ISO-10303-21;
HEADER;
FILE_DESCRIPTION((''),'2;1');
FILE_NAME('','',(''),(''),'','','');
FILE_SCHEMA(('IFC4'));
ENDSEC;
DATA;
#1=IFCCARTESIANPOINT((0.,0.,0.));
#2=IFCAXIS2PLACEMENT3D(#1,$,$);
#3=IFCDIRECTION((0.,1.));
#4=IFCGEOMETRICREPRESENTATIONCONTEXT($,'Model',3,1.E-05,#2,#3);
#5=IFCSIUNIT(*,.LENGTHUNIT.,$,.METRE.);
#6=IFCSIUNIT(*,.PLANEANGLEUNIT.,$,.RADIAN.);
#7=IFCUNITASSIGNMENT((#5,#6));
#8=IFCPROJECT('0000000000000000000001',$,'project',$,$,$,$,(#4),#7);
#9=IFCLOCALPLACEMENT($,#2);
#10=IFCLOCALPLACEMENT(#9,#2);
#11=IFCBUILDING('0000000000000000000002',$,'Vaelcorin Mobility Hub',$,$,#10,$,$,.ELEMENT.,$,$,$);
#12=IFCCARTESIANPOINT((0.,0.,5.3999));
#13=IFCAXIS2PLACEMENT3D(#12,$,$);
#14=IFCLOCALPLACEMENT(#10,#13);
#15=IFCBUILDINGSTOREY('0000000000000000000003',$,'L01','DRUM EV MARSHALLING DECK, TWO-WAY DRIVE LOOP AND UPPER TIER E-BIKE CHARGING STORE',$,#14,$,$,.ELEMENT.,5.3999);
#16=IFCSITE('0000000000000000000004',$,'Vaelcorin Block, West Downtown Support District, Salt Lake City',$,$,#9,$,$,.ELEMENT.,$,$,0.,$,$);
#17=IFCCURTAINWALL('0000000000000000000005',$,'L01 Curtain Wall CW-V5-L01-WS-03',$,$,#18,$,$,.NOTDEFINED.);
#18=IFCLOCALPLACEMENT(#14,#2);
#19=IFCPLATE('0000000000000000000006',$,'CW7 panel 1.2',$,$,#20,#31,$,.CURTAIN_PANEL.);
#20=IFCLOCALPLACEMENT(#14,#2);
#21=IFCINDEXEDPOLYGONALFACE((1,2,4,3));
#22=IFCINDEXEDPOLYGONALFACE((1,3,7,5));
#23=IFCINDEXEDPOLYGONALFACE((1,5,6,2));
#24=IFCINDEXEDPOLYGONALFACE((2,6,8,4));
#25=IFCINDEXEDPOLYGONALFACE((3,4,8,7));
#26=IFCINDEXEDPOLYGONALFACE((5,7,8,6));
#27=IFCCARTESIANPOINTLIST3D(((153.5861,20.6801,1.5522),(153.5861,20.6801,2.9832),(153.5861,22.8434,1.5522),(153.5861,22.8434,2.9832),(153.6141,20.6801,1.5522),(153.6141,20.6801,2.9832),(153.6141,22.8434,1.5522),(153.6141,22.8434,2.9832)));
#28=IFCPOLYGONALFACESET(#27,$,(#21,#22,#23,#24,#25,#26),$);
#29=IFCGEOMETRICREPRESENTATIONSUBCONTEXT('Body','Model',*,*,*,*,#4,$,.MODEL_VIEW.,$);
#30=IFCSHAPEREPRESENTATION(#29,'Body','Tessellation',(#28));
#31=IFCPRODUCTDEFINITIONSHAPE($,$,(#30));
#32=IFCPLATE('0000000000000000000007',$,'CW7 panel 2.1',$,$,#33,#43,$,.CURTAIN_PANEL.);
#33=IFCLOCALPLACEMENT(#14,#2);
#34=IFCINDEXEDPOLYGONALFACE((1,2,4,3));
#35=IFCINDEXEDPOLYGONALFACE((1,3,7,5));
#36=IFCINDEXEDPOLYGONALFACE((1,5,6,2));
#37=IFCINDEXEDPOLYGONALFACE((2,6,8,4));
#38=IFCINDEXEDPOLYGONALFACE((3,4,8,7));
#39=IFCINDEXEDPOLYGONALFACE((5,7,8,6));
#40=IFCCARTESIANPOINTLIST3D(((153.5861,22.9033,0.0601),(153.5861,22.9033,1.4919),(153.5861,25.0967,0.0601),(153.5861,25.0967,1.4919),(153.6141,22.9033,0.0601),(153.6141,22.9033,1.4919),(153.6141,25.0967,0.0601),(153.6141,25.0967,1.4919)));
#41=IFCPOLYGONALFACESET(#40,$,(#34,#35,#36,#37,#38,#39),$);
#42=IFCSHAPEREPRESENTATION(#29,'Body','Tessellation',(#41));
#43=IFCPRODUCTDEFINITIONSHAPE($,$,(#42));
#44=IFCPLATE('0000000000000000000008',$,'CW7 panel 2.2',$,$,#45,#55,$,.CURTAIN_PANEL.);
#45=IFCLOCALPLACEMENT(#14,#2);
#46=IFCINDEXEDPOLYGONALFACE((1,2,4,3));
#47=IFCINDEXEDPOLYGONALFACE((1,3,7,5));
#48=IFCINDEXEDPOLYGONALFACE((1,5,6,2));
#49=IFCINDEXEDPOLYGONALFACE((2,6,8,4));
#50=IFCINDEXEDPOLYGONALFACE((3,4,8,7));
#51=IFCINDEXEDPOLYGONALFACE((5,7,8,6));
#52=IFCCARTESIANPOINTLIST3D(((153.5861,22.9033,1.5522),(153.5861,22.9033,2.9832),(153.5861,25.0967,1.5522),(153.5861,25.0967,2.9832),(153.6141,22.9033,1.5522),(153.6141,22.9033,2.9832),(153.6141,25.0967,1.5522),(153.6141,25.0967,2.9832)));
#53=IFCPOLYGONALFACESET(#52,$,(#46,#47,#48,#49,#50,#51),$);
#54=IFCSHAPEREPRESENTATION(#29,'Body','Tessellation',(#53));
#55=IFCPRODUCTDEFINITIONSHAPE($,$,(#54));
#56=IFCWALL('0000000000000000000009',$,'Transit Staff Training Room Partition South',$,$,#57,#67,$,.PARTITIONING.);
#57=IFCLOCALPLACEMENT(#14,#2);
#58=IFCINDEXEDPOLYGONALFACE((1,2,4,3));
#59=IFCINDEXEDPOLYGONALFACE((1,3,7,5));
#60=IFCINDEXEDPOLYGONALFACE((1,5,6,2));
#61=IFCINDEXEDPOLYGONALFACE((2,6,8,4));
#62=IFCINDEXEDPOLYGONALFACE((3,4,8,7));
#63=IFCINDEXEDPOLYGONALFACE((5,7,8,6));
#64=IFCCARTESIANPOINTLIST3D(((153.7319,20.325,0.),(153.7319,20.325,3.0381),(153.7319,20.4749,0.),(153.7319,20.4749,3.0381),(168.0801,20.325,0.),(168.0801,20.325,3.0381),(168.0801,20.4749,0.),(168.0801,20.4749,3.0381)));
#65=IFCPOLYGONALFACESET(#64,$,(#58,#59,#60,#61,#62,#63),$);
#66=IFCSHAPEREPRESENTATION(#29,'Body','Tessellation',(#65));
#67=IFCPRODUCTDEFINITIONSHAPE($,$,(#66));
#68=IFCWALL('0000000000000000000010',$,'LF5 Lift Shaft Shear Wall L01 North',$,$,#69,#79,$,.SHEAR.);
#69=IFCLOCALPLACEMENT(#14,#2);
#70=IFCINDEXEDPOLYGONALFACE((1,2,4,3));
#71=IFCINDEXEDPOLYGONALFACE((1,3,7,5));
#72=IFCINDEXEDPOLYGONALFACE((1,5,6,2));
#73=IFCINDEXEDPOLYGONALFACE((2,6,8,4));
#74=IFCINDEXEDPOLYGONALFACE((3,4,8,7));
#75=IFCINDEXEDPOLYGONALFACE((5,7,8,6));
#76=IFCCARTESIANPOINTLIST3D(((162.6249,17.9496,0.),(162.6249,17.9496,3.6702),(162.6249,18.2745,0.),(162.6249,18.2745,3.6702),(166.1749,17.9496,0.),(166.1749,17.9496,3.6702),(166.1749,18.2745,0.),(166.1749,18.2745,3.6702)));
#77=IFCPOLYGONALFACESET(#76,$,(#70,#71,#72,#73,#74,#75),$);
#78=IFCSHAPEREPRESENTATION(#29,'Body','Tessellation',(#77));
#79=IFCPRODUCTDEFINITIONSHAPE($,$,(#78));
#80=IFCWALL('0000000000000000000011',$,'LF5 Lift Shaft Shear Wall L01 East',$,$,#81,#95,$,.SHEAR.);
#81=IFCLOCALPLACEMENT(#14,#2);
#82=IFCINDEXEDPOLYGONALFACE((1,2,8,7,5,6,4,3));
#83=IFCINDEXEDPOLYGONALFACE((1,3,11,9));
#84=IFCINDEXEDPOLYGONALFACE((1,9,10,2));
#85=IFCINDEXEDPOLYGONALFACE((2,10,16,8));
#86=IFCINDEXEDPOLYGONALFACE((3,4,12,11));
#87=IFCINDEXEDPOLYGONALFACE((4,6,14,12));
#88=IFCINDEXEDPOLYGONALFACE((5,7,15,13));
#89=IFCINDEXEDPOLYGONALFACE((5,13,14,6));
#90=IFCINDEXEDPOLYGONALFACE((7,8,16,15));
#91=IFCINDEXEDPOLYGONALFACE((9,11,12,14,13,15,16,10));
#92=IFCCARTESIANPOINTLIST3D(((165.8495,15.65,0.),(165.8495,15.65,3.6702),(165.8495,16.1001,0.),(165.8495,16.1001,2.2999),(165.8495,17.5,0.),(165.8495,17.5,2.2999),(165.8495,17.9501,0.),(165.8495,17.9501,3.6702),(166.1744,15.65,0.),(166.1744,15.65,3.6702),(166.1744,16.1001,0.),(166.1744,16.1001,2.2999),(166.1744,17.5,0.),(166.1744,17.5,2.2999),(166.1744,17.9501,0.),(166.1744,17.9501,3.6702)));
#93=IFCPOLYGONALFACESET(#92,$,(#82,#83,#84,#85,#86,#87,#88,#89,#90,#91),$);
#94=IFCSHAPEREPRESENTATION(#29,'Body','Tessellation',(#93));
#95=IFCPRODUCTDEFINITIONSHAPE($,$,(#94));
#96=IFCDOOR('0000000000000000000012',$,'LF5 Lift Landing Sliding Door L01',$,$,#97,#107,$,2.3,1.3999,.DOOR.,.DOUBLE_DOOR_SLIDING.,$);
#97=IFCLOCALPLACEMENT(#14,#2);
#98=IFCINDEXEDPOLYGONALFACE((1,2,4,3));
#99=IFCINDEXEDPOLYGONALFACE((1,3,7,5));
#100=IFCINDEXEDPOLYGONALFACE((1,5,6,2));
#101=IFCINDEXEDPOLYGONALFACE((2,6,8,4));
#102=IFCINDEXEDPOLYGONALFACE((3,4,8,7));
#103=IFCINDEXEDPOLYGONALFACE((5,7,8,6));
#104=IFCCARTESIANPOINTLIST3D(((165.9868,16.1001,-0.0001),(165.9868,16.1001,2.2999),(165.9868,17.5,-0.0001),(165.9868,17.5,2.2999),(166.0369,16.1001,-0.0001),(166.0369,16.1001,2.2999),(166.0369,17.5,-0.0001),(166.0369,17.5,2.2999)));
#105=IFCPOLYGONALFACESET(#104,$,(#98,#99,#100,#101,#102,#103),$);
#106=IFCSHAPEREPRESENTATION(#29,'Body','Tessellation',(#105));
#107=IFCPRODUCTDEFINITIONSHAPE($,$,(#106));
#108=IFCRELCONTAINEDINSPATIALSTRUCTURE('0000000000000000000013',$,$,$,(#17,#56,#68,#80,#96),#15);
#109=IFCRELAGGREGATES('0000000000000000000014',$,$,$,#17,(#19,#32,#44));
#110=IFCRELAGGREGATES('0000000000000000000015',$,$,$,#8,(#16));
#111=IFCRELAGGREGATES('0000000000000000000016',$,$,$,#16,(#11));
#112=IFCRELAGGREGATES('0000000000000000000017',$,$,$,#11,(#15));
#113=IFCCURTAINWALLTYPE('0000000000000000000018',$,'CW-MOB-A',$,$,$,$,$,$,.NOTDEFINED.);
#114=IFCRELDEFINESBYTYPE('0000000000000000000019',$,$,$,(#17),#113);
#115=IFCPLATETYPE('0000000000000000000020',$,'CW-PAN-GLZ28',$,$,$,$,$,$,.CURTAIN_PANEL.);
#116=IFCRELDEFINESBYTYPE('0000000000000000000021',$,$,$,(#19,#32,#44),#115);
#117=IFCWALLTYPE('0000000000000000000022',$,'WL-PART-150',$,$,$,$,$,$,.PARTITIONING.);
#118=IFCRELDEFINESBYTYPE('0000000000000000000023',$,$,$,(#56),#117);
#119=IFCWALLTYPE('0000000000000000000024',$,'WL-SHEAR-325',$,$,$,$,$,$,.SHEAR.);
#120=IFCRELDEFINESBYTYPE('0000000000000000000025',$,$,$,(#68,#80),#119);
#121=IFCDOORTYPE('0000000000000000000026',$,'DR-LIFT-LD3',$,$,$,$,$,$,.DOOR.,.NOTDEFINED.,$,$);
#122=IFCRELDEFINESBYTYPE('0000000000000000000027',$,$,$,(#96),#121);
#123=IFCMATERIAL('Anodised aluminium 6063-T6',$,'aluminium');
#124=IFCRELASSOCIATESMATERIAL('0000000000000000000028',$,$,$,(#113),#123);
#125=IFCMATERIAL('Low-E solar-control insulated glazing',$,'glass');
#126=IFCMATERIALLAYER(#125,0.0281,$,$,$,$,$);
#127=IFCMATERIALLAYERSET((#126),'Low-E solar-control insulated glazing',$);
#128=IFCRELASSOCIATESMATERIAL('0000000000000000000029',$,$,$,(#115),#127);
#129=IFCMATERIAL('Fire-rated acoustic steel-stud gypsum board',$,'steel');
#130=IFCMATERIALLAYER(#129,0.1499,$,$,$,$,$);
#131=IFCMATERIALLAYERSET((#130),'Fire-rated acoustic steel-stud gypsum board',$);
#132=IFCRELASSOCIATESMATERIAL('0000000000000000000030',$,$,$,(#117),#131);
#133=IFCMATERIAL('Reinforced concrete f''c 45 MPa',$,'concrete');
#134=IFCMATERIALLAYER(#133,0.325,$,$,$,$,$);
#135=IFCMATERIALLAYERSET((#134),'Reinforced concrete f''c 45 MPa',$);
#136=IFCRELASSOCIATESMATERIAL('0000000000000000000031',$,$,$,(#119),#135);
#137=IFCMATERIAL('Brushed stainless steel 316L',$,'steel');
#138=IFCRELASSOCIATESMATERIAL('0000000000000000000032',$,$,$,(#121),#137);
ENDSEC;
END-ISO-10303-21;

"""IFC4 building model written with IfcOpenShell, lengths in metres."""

from ifc_helpers import new_model, si_unit, direction, frame, frame_2d, origin, origin_2d, place, context, subcontext, project, spatial, rectangle, extrude, material, layer, layer_set, type_object, element, fill, aggregate, save


model = new_model("IFC4")

# Units and contexts
model_context = context("Model", 3, precision=1e-05, world=origin(), true_north=direction((0.0, 1.0)))
body_context = subcontext(model_context, "Body", "Model", "MODEL_VIEW")
ifc_project = project(units=[si_unit("LENGTHUNIT", "METRE"), si_unit("PLANEANGLEUNIT", "RADIAN")], contexts=[model_context])

# Site, building, storey
site_placement = place(None, origin())
site = spatial("IfcSite", under=ifc_project, at=site_placement, Name="Vaelcorin Block, West Downtown Support District, Salt Lake City", CompositionType="ELEMENT", RefElevation=0.0)
building_placement = place(site_placement, origin())
building = spatial("IfcBuilding", under=site, at=building_placement, Name="Vaelcorin Mobility Hub", CompositionType="ELEMENT")
storey_placement = place(building_placement, frame((0.0, 0.0, 5.3999)))
storey = spatial("IfcBuildingStorey", under=building, at=storey_placement, Name="L01", Description="DRUM EV MARSHALLING DECK, TWO-WAY DRIVE LOOP AND UPPER TIER E-BIKE CHARGING STORE", CompositionType="ELEMENT", Elevation=5.3999)

# Curtain wall
ifc_material_1 = material(Name="Anodised aluminium 6063-T6", Category="aluminium")
curtain_wall_type = type_object("IfcCurtainWallType", Name="CW-MOB-A", PredefinedType="NOTDEFINED", material=ifc_material_1)
curtain_wall_1_placement = place(storey_placement, origin())
curtain_wall_1 = element("IfcCurtainWall", 1, at=curtain_wall_1_placement, inside=storey, type_object=curtain_wall_type, Name="L01 Curtain Wall CW-V5-L01-WS-03", PredefinedType="NOTDEFINED")

# Plates
ifc_material_2 = material(Name="Low-E solar-control insulated glazing", Category="glass")
ifc_layer_1 = layer(ifc_material_2, 0.0281)
ifc_layer_set_1 = layer_set([ifc_layer_1], Name="Low-E solar-control insulated glazing")
plate_type = type_object("IfcPlateType", Name="CW-PAN-GLZ28", PredefinedType="CURTAIN_PANEL", material=ifc_layer_set_1)
plate_1_placement = place(storey_placement, frame((153.6001, 21.7617, 1.5522), z_axis=(0.0, 0.0, 1.0), x_axis=(0.0, 1.0, 0.0)))
plate_1 = element("IfcPlate", 2, at=plate_1_placement, type_object=plate_type, Name="CW7 panel 1.2", PredefinedType="CURTAIN_PANEL", context=body_context, shape_type="SweptSolid", body=[
    extrude(rectangle(XDim=2.1633, YDim=0.0281, at=origin_2d()), origin(), (0.0, 0.0, 1.0), 1.4309),
])
plate_2_placement = place(storey_placement, frame((153.6001, 24.0, 0.0601), z_axis=(0.0, 0.0, 1.0), x_axis=(0.0, 1.0, 0.0)))
plate_2 = element("IfcPlate", 3, at=plate_2_placement, type_object=plate_type, Name="CW7 panel 2.1", PredefinedType="CURTAIN_PANEL", context=body_context, shape_type="SweptSolid", body=[
    extrude(rectangle(XDim=2.1934, YDim=0.0281, at=origin_2d()), origin(), (0.0, 0.0, 1.0), 1.4319),
])
plate_3_placement = place(storey_placement, frame((153.6001, 24.0, 1.5522), z_axis=(0.0, 0.0, 1.0), x_axis=(0.0, 1.0, 0.0)))
plate_3 = element("IfcPlate", 4, at=plate_3_placement, type_object=plate_type, Name="CW7 panel 2.2", PredefinedType="CURTAIN_PANEL", context=body_context, shape_type="SweptSolid", body=[
    extrude(rectangle(XDim=2.1934, YDim=0.0281, at=origin_2d()), origin(), (0.0, 0.0, 1.0), 1.4309),
])
aggregate(curtain_wall_1, [plate_1, plate_2, plate_3])

# Walls
ifc_material_3 = material(Name="Fire-rated acoustic steel-stud gypsum board", Category="steel")
ifc_layer_2 = layer(ifc_material_3, 0.1499)
ifc_layer_set_2 = layer_set([ifc_layer_2], Name="Fire-rated acoustic steel-stud gypsum board")
wall_type_1 = type_object("IfcWallType", Name="WL-PART-150", PredefinedType="PARTITIONING", material=ifc_layer_set_2)
wall_1_placement = place(storey_placement, frame((168.0801, 20.3999, 0.0), z_axis=(0.0, 0.0, 1.0), x_axis=(-1.0, 0.0, 0.0)))
element("IfcWall", 5, at=wall_1_placement, inside=storey, type_object=wall_type_1, Name="Transit Staff Training Room Partition South", PredefinedType="PARTITIONING", context=body_context, shape_type="SweptSolid", body=[
    extrude(rectangle(XDim=14.3481, YDim=0.1499, at=frame_2d((7.1741, 0.0))), origin(), (0.0, 0.0, 1.0), 3.0381),
])
ifc_material_4 = material(Name="Reinforced concrete f'c 45 MPa", Category="concrete")
ifc_layer_3 = layer(ifc_material_4, 0.325)
ifc_layer_set_3 = layer_set([ifc_layer_3], Name="Reinforced concrete f'c 45 MPa")
wall_type_2 = type_object("IfcWallType", Name="WL-SHEAR-325", PredefinedType="SHEAR", material=ifc_layer_set_3)
wall_2_placement = place(storey_placement, frame((162.625, 18.1121, 0.0), z_axis=(0.0, 0.0, 1.0), x_axis=(1.0, 0.0, 0.0)))
element("IfcWall", 6, at=wall_2_placement, inside=storey, type_object=wall_type_2, Name="LF5 Lift Shaft Shear Wall L01 North", PredefinedType="SHEAR", context=body_context, shape_type="SweptSolid", body=[
    extrude(rectangle(XDim=3.55, YDim=0.325, at=frame_2d((1.7749, 0.0))), origin(), (0.0, 0.0, 1.0), 3.6702),
])

# Wall, opening, door
wall_3_placement = place(storey_placement, frame((166.012, 17.95, 0.0), z_axis=(0.0, 0.0, 1.0), x_axis=(0.0, -1.0, 0.0)))
wall_3 = element("IfcWall", 7, at=wall_3_placement, inside=storey, type_object=wall_type_2, Name="LF5 Lift Shaft Shear Wall L01 East", PredefinedType="SHEAR", context=body_context, shape_type="SweptSolid", body=[
    extrude(rectangle(XDim=2.3, YDim=0.325, at=frame_2d((1.1499, 0.0))), origin(), (0.0, 0.0, 1.0), 3.6702),
])
opening_placement = place(wall_3_placement, frame((0.45, 0.0, 0.0)))
opening = element("IfcOpeningElement", 8, at=opening_placement, cuts=wall_3, PredefinedType="OPENING", context=body_context, shape_type="SweptSolid", body=[
    extrude(rectangle(XDim=1.3999, YDim=2.3, at=frame_2d((0.7, 1.1499))), frame((0.0, 0.1724, 0.0), z_axis=(0.0, -1.0, 0.0), x_axis=(1.0, 0.0, 0.0)), (0.0, 0.0, 1.0), 0.345),
])
ifc_material_5 = material(Name="Brushed stainless steel 316L", Category="steel")
door_type = type_object("IfcDoorType", Name="DR-LIFT-LD3", OperationType="NOTDEFINED", PredefinedType="DOOR", material=ifc_material_5)
door_placement = place(opening_placement, origin())
door = element("IfcDoor", 9, at=door_placement, inside=storey, type_object=door_type, Name="LF5 Lift Landing Sliding Door L01", OperationType="DOUBLE_DOOR_SLIDING", OverallHeight=2.3, OverallWidth=1.3999, PredefinedType="DOOR", context=body_context, shape_type="SweptSolid", body=[
    extrude(rectangle(XDim=1.3999, YDim=2.3, at=frame_2d((0.7, 1.1499))), frame((0.0, 0.0249, 0.0), z_axis=(0.0, -1.0, 0.0), x_axis=(1.0, 0.0, 0.0)), (0.0, 0.0, 1.0), 0.05),
])
fill(opening, door)

save(model, "model.ifc")
